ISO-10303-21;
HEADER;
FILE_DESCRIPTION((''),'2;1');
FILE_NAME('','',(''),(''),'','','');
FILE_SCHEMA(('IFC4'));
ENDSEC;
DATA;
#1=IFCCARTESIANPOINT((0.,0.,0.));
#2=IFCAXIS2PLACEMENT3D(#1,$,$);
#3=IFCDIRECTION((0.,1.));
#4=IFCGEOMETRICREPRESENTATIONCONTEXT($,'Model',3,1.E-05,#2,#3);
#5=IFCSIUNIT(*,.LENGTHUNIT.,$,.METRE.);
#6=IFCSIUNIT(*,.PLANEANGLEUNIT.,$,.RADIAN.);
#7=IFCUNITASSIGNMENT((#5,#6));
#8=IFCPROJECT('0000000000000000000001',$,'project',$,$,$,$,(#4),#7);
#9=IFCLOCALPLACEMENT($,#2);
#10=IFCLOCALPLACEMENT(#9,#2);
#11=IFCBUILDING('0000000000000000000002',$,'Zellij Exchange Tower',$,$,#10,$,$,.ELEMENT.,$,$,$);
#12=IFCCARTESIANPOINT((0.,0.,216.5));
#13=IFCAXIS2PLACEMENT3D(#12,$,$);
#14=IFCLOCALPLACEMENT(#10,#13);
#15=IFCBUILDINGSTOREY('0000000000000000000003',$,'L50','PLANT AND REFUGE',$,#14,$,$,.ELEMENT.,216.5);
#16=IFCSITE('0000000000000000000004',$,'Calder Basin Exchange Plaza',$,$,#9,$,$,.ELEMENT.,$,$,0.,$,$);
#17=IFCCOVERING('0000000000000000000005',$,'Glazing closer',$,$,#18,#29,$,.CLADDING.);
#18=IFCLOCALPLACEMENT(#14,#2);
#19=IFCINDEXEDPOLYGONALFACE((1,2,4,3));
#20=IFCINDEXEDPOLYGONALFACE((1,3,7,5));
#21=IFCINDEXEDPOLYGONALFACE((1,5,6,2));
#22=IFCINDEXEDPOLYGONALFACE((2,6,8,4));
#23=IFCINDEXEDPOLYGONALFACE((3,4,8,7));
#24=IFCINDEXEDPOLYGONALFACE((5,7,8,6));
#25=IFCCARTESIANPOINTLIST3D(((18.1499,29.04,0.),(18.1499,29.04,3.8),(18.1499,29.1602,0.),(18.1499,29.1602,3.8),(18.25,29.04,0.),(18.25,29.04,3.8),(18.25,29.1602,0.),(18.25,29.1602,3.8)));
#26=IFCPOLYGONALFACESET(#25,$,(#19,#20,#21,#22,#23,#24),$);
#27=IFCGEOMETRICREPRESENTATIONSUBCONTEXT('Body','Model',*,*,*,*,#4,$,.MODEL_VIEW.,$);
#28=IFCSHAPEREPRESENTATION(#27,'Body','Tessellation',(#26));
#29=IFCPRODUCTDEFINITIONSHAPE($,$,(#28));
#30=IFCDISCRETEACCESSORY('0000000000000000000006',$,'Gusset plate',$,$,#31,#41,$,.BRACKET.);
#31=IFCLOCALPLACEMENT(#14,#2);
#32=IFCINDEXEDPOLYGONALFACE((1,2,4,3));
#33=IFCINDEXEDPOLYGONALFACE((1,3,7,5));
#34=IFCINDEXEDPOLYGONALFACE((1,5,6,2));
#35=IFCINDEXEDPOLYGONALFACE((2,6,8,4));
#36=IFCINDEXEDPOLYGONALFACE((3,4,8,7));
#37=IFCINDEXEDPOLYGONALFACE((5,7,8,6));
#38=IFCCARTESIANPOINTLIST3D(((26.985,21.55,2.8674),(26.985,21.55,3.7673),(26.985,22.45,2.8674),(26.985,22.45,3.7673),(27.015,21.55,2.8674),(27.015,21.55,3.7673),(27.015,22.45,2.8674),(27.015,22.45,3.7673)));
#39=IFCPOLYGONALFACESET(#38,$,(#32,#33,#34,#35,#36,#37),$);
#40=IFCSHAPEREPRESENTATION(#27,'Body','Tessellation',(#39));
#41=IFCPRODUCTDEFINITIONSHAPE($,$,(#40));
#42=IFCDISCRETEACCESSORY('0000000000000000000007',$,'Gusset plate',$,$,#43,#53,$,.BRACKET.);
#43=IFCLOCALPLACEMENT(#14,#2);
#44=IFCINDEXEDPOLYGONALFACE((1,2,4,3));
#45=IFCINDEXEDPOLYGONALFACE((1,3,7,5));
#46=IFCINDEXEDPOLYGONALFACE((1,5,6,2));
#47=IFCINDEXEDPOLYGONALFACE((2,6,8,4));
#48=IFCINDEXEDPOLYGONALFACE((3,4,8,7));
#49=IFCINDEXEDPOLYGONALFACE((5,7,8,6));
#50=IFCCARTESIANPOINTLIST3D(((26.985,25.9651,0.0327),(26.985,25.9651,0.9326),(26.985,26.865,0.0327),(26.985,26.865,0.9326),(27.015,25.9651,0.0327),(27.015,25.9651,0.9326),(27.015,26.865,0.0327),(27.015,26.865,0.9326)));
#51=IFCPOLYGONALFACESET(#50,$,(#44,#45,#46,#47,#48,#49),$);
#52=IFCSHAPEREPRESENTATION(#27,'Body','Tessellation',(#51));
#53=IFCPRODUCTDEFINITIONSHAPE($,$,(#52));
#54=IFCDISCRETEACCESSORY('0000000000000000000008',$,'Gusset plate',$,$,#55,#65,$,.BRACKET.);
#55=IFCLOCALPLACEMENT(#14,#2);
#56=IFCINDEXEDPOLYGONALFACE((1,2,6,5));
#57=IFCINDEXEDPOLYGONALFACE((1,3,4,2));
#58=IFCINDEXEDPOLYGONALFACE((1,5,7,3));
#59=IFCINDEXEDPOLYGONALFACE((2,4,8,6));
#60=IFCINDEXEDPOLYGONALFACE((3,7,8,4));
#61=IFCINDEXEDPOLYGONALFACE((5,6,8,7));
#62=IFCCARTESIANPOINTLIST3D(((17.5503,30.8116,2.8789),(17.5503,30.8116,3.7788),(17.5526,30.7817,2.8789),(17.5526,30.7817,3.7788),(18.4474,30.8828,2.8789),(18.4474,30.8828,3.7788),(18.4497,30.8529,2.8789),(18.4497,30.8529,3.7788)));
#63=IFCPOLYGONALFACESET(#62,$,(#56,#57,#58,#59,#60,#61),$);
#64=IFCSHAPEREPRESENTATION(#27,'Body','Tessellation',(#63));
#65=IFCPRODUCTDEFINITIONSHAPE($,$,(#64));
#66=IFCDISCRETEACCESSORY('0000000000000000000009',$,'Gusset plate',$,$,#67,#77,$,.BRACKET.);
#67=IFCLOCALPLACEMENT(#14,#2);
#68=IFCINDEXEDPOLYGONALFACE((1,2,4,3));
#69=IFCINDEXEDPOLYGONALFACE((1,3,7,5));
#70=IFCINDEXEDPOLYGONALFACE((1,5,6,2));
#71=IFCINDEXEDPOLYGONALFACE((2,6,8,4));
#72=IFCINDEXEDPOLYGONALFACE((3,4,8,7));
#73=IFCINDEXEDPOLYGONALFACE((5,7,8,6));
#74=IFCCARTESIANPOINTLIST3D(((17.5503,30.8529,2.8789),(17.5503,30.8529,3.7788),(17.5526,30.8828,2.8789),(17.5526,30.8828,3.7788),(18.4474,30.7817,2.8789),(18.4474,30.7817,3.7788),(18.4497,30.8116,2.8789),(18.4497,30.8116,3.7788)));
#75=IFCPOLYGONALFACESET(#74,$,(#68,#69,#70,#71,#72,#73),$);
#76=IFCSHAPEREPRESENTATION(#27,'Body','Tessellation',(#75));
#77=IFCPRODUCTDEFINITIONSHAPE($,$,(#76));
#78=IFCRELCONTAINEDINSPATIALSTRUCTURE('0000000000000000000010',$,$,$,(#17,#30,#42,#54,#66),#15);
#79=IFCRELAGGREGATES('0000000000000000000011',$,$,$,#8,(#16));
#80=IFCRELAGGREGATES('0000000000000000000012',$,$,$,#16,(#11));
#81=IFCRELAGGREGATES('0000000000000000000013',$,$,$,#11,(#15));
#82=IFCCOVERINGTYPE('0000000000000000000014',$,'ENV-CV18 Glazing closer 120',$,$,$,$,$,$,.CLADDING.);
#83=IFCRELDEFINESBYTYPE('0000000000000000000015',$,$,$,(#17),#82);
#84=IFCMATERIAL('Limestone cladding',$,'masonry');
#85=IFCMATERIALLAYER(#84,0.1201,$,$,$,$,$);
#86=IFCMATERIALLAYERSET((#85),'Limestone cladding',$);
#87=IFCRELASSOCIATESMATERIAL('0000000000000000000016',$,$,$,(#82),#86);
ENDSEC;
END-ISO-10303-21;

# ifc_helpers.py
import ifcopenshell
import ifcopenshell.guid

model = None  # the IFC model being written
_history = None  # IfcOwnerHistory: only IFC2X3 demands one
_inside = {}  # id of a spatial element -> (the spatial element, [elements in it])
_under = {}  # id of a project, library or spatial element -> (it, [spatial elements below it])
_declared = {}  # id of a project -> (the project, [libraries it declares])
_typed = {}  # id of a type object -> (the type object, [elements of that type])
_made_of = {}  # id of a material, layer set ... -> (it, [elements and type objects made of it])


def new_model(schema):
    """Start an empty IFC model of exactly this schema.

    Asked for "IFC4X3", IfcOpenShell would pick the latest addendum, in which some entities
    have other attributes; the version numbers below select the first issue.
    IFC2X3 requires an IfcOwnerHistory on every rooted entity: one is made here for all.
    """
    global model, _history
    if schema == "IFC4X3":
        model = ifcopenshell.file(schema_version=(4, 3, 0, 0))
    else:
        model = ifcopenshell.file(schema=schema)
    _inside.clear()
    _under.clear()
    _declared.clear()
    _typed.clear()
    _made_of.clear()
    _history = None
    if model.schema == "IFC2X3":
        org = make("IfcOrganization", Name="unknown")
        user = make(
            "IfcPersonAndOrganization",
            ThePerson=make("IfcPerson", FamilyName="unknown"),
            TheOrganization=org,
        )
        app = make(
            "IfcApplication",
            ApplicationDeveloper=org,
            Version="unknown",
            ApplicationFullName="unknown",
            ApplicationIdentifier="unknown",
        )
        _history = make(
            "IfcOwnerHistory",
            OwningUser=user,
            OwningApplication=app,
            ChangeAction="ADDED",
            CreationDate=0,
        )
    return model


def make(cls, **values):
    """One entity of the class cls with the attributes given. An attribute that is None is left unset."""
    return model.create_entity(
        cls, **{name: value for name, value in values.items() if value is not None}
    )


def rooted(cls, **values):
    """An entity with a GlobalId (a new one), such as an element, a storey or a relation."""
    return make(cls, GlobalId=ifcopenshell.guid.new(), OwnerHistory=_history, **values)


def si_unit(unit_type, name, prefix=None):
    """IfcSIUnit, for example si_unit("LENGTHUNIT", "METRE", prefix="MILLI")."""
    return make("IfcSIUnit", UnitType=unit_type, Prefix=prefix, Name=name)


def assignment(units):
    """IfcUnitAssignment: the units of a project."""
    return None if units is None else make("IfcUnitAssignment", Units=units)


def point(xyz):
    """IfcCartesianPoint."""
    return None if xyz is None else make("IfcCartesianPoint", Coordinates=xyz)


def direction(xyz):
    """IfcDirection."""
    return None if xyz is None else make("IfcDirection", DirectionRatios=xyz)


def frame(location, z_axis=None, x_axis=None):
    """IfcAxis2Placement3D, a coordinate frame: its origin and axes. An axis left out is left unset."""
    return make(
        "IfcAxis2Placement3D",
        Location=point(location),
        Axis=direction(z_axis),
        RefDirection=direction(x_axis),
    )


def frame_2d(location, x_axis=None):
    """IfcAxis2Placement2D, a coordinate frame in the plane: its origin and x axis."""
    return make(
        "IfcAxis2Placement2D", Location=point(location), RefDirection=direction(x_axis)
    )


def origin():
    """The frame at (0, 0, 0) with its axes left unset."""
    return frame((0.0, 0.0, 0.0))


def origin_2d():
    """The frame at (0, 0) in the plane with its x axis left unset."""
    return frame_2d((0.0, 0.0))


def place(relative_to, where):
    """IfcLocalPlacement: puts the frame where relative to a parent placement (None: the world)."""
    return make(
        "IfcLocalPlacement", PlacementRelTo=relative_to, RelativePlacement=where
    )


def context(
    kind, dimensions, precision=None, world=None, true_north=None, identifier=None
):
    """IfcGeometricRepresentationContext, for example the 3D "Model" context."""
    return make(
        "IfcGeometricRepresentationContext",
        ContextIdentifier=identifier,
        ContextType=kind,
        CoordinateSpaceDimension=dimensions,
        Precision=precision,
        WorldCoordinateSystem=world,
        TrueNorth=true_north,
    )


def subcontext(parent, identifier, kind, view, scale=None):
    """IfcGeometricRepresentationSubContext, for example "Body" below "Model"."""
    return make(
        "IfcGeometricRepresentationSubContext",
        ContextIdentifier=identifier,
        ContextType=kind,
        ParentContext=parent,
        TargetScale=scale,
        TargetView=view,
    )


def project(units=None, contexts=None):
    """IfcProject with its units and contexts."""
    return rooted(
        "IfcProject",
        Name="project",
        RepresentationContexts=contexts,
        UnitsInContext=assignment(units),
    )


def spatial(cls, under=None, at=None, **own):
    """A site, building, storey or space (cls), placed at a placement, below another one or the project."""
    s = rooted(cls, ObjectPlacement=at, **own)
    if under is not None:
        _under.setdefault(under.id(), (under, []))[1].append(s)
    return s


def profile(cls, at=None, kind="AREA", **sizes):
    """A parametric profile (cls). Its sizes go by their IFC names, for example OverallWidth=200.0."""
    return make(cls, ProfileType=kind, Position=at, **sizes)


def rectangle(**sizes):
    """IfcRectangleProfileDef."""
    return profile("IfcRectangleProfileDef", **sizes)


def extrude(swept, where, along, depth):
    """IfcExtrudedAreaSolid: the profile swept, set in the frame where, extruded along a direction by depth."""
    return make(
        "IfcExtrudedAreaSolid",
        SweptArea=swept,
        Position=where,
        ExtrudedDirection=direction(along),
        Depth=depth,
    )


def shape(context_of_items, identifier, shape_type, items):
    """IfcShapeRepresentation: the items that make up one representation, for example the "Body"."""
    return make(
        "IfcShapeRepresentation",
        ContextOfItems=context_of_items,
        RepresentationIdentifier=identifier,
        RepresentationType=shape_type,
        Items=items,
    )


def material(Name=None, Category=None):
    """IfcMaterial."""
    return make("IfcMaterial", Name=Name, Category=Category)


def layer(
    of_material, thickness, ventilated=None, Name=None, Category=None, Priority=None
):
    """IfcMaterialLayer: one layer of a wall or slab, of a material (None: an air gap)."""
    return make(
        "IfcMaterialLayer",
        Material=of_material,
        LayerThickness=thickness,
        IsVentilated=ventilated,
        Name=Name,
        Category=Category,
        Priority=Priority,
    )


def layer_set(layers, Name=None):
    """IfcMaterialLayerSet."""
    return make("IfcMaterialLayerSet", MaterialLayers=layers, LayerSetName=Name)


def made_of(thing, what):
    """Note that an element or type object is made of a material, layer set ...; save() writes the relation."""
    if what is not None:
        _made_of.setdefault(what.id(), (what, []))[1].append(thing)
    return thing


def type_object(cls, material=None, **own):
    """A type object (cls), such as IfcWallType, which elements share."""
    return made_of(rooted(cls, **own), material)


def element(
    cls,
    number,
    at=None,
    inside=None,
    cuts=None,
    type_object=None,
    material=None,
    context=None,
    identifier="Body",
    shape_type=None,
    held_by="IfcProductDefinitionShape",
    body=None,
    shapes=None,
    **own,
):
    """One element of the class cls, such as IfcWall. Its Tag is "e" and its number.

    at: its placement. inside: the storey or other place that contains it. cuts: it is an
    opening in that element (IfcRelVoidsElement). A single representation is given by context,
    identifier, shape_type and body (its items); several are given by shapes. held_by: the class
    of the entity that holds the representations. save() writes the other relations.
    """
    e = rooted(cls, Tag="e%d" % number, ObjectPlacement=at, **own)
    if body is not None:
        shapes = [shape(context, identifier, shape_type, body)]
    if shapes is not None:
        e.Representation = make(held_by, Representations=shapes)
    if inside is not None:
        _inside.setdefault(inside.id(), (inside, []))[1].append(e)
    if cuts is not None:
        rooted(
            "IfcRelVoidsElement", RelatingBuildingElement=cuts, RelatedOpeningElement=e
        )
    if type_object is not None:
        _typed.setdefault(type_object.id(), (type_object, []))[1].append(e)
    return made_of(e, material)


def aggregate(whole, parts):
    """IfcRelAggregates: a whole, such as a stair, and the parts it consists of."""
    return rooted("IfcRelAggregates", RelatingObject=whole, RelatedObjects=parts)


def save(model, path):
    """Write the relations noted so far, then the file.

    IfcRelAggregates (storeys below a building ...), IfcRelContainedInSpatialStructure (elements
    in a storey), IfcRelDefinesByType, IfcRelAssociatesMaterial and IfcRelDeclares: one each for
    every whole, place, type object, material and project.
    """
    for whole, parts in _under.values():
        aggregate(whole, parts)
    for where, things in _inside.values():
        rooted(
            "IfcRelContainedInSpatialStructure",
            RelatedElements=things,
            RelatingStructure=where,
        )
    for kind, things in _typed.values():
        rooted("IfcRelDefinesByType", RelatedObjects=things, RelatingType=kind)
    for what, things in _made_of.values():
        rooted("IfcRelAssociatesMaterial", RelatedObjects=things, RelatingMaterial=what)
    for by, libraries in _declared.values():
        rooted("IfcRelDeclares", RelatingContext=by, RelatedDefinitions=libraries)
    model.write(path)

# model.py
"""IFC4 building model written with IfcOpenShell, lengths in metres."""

from ifc_helpers import new_model, si_unit, direction, frame, origin, origin_2d, place, context, subcontext, project, spatial, rectangle, extrude, material, layer, layer_set, type_object, element, save


model = new_model("IFC4")

# Units and contexts
model_context = context("Model", 3, precision=1e-05, world=origin(), true_north=direction((0.0, 1.0)))
body_context = subcontext(model_context, "Body", "Model", "MODEL_VIEW")
ifc_project = project(units=[si_unit("LENGTHUNIT", "METRE"), si_unit("PLANEANGLEUNIT", "RADIAN")], contexts=[model_context])

# Site, building, storey
site_placement = place(None, origin())
site = spatial("IfcSite", under=ifc_project, at=site_placement, Name="Calder Basin Exchange Plaza", CompositionType="ELEMENT", RefElevation=0.0)
building_placement = place(site_placement, origin())
building = spatial("IfcBuilding", under=site, at=building_placement, Name="Zellij Exchange Tower", CompositionType="ELEMENT")
storey_placement = place(building_placement, frame((0.0, 0.0, 216.5)))
storey = spatial("IfcBuildingStorey", under=building, at=storey_placement, Name="L50", Description="PLANT AND REFUGE", CompositionType="ELEMENT", Elevation=216.5)

# Covering
ifc_material_1 = material(Name="Limestone cladding", Category="masonry")
ifc_layer_1 = layer(ifc_material_1, 0.1201)
ifc_layer_set_1 = layer_set([ifc_layer_1], Name="Limestone cladding")
covering_type = type_object("IfcCoveringType", Name="ENV-CV18 Glazing closer 120", PredefinedType="CLADDING", material=ifc_layer_set_1)
covering_placement = place(storey_placement, frame((18.2, 29.1001, 0.0), z_axis=(0.0, 0.0, 1.0), x_axis=(-1.0, 0.0, 0.0)))
element("IfcCovering", 1, at=covering_placement, inside=storey, type_object=covering_type, Name="Glazing closer", PredefinedType="CLADDING", context=body_context, shape_type="SweptSolid", body=[
    extrude(rectangle(XDim=0.1001, YDim=0.1201, at=origin_2d()), origin(), (0.0, 0.0, 1.0), 3.8),
])

# Discrete accessories
for number, where, z_axis, x_axis, name in (
    (2, (27.0, 22.0, 2.8674), (0.0, 0.0, 1.0), (0.0, 1.0, 0.0), "Gusset plate"),
    (3, (27.0, 26.415, 0.0327), (0.0, 0.0, 1.0), (0.0, 1.0, 0.0), "Gusset plate"),
    (4, (18.0, 30.8323, 2.8789), (0.0, 0.0, 1.0), (0.996864, 0.079129, 0.0), "Gusset plate"),
    (5, (18.0, 30.8323, 2.8789), (0.0, 0.0, 1.0), (0.996864, -0.079129, 0.0), "Gusset plate"),
):
    element("IfcDiscreteAccessory", number, at=place(storey_placement, frame(where, z_axis=z_axis, x_axis=x_axis)), inside=storey, Name=name, PredefinedType="BRACKET", context=body_context, shape_type="SweptSolid", body=[
        extrude(rectangle(XDim=0.8999, YDim=0.03, at=origin_2d()), origin(), (0.0, 0.0, 1.0), 0.8999),
    ])

save(model, "model.ifc")
